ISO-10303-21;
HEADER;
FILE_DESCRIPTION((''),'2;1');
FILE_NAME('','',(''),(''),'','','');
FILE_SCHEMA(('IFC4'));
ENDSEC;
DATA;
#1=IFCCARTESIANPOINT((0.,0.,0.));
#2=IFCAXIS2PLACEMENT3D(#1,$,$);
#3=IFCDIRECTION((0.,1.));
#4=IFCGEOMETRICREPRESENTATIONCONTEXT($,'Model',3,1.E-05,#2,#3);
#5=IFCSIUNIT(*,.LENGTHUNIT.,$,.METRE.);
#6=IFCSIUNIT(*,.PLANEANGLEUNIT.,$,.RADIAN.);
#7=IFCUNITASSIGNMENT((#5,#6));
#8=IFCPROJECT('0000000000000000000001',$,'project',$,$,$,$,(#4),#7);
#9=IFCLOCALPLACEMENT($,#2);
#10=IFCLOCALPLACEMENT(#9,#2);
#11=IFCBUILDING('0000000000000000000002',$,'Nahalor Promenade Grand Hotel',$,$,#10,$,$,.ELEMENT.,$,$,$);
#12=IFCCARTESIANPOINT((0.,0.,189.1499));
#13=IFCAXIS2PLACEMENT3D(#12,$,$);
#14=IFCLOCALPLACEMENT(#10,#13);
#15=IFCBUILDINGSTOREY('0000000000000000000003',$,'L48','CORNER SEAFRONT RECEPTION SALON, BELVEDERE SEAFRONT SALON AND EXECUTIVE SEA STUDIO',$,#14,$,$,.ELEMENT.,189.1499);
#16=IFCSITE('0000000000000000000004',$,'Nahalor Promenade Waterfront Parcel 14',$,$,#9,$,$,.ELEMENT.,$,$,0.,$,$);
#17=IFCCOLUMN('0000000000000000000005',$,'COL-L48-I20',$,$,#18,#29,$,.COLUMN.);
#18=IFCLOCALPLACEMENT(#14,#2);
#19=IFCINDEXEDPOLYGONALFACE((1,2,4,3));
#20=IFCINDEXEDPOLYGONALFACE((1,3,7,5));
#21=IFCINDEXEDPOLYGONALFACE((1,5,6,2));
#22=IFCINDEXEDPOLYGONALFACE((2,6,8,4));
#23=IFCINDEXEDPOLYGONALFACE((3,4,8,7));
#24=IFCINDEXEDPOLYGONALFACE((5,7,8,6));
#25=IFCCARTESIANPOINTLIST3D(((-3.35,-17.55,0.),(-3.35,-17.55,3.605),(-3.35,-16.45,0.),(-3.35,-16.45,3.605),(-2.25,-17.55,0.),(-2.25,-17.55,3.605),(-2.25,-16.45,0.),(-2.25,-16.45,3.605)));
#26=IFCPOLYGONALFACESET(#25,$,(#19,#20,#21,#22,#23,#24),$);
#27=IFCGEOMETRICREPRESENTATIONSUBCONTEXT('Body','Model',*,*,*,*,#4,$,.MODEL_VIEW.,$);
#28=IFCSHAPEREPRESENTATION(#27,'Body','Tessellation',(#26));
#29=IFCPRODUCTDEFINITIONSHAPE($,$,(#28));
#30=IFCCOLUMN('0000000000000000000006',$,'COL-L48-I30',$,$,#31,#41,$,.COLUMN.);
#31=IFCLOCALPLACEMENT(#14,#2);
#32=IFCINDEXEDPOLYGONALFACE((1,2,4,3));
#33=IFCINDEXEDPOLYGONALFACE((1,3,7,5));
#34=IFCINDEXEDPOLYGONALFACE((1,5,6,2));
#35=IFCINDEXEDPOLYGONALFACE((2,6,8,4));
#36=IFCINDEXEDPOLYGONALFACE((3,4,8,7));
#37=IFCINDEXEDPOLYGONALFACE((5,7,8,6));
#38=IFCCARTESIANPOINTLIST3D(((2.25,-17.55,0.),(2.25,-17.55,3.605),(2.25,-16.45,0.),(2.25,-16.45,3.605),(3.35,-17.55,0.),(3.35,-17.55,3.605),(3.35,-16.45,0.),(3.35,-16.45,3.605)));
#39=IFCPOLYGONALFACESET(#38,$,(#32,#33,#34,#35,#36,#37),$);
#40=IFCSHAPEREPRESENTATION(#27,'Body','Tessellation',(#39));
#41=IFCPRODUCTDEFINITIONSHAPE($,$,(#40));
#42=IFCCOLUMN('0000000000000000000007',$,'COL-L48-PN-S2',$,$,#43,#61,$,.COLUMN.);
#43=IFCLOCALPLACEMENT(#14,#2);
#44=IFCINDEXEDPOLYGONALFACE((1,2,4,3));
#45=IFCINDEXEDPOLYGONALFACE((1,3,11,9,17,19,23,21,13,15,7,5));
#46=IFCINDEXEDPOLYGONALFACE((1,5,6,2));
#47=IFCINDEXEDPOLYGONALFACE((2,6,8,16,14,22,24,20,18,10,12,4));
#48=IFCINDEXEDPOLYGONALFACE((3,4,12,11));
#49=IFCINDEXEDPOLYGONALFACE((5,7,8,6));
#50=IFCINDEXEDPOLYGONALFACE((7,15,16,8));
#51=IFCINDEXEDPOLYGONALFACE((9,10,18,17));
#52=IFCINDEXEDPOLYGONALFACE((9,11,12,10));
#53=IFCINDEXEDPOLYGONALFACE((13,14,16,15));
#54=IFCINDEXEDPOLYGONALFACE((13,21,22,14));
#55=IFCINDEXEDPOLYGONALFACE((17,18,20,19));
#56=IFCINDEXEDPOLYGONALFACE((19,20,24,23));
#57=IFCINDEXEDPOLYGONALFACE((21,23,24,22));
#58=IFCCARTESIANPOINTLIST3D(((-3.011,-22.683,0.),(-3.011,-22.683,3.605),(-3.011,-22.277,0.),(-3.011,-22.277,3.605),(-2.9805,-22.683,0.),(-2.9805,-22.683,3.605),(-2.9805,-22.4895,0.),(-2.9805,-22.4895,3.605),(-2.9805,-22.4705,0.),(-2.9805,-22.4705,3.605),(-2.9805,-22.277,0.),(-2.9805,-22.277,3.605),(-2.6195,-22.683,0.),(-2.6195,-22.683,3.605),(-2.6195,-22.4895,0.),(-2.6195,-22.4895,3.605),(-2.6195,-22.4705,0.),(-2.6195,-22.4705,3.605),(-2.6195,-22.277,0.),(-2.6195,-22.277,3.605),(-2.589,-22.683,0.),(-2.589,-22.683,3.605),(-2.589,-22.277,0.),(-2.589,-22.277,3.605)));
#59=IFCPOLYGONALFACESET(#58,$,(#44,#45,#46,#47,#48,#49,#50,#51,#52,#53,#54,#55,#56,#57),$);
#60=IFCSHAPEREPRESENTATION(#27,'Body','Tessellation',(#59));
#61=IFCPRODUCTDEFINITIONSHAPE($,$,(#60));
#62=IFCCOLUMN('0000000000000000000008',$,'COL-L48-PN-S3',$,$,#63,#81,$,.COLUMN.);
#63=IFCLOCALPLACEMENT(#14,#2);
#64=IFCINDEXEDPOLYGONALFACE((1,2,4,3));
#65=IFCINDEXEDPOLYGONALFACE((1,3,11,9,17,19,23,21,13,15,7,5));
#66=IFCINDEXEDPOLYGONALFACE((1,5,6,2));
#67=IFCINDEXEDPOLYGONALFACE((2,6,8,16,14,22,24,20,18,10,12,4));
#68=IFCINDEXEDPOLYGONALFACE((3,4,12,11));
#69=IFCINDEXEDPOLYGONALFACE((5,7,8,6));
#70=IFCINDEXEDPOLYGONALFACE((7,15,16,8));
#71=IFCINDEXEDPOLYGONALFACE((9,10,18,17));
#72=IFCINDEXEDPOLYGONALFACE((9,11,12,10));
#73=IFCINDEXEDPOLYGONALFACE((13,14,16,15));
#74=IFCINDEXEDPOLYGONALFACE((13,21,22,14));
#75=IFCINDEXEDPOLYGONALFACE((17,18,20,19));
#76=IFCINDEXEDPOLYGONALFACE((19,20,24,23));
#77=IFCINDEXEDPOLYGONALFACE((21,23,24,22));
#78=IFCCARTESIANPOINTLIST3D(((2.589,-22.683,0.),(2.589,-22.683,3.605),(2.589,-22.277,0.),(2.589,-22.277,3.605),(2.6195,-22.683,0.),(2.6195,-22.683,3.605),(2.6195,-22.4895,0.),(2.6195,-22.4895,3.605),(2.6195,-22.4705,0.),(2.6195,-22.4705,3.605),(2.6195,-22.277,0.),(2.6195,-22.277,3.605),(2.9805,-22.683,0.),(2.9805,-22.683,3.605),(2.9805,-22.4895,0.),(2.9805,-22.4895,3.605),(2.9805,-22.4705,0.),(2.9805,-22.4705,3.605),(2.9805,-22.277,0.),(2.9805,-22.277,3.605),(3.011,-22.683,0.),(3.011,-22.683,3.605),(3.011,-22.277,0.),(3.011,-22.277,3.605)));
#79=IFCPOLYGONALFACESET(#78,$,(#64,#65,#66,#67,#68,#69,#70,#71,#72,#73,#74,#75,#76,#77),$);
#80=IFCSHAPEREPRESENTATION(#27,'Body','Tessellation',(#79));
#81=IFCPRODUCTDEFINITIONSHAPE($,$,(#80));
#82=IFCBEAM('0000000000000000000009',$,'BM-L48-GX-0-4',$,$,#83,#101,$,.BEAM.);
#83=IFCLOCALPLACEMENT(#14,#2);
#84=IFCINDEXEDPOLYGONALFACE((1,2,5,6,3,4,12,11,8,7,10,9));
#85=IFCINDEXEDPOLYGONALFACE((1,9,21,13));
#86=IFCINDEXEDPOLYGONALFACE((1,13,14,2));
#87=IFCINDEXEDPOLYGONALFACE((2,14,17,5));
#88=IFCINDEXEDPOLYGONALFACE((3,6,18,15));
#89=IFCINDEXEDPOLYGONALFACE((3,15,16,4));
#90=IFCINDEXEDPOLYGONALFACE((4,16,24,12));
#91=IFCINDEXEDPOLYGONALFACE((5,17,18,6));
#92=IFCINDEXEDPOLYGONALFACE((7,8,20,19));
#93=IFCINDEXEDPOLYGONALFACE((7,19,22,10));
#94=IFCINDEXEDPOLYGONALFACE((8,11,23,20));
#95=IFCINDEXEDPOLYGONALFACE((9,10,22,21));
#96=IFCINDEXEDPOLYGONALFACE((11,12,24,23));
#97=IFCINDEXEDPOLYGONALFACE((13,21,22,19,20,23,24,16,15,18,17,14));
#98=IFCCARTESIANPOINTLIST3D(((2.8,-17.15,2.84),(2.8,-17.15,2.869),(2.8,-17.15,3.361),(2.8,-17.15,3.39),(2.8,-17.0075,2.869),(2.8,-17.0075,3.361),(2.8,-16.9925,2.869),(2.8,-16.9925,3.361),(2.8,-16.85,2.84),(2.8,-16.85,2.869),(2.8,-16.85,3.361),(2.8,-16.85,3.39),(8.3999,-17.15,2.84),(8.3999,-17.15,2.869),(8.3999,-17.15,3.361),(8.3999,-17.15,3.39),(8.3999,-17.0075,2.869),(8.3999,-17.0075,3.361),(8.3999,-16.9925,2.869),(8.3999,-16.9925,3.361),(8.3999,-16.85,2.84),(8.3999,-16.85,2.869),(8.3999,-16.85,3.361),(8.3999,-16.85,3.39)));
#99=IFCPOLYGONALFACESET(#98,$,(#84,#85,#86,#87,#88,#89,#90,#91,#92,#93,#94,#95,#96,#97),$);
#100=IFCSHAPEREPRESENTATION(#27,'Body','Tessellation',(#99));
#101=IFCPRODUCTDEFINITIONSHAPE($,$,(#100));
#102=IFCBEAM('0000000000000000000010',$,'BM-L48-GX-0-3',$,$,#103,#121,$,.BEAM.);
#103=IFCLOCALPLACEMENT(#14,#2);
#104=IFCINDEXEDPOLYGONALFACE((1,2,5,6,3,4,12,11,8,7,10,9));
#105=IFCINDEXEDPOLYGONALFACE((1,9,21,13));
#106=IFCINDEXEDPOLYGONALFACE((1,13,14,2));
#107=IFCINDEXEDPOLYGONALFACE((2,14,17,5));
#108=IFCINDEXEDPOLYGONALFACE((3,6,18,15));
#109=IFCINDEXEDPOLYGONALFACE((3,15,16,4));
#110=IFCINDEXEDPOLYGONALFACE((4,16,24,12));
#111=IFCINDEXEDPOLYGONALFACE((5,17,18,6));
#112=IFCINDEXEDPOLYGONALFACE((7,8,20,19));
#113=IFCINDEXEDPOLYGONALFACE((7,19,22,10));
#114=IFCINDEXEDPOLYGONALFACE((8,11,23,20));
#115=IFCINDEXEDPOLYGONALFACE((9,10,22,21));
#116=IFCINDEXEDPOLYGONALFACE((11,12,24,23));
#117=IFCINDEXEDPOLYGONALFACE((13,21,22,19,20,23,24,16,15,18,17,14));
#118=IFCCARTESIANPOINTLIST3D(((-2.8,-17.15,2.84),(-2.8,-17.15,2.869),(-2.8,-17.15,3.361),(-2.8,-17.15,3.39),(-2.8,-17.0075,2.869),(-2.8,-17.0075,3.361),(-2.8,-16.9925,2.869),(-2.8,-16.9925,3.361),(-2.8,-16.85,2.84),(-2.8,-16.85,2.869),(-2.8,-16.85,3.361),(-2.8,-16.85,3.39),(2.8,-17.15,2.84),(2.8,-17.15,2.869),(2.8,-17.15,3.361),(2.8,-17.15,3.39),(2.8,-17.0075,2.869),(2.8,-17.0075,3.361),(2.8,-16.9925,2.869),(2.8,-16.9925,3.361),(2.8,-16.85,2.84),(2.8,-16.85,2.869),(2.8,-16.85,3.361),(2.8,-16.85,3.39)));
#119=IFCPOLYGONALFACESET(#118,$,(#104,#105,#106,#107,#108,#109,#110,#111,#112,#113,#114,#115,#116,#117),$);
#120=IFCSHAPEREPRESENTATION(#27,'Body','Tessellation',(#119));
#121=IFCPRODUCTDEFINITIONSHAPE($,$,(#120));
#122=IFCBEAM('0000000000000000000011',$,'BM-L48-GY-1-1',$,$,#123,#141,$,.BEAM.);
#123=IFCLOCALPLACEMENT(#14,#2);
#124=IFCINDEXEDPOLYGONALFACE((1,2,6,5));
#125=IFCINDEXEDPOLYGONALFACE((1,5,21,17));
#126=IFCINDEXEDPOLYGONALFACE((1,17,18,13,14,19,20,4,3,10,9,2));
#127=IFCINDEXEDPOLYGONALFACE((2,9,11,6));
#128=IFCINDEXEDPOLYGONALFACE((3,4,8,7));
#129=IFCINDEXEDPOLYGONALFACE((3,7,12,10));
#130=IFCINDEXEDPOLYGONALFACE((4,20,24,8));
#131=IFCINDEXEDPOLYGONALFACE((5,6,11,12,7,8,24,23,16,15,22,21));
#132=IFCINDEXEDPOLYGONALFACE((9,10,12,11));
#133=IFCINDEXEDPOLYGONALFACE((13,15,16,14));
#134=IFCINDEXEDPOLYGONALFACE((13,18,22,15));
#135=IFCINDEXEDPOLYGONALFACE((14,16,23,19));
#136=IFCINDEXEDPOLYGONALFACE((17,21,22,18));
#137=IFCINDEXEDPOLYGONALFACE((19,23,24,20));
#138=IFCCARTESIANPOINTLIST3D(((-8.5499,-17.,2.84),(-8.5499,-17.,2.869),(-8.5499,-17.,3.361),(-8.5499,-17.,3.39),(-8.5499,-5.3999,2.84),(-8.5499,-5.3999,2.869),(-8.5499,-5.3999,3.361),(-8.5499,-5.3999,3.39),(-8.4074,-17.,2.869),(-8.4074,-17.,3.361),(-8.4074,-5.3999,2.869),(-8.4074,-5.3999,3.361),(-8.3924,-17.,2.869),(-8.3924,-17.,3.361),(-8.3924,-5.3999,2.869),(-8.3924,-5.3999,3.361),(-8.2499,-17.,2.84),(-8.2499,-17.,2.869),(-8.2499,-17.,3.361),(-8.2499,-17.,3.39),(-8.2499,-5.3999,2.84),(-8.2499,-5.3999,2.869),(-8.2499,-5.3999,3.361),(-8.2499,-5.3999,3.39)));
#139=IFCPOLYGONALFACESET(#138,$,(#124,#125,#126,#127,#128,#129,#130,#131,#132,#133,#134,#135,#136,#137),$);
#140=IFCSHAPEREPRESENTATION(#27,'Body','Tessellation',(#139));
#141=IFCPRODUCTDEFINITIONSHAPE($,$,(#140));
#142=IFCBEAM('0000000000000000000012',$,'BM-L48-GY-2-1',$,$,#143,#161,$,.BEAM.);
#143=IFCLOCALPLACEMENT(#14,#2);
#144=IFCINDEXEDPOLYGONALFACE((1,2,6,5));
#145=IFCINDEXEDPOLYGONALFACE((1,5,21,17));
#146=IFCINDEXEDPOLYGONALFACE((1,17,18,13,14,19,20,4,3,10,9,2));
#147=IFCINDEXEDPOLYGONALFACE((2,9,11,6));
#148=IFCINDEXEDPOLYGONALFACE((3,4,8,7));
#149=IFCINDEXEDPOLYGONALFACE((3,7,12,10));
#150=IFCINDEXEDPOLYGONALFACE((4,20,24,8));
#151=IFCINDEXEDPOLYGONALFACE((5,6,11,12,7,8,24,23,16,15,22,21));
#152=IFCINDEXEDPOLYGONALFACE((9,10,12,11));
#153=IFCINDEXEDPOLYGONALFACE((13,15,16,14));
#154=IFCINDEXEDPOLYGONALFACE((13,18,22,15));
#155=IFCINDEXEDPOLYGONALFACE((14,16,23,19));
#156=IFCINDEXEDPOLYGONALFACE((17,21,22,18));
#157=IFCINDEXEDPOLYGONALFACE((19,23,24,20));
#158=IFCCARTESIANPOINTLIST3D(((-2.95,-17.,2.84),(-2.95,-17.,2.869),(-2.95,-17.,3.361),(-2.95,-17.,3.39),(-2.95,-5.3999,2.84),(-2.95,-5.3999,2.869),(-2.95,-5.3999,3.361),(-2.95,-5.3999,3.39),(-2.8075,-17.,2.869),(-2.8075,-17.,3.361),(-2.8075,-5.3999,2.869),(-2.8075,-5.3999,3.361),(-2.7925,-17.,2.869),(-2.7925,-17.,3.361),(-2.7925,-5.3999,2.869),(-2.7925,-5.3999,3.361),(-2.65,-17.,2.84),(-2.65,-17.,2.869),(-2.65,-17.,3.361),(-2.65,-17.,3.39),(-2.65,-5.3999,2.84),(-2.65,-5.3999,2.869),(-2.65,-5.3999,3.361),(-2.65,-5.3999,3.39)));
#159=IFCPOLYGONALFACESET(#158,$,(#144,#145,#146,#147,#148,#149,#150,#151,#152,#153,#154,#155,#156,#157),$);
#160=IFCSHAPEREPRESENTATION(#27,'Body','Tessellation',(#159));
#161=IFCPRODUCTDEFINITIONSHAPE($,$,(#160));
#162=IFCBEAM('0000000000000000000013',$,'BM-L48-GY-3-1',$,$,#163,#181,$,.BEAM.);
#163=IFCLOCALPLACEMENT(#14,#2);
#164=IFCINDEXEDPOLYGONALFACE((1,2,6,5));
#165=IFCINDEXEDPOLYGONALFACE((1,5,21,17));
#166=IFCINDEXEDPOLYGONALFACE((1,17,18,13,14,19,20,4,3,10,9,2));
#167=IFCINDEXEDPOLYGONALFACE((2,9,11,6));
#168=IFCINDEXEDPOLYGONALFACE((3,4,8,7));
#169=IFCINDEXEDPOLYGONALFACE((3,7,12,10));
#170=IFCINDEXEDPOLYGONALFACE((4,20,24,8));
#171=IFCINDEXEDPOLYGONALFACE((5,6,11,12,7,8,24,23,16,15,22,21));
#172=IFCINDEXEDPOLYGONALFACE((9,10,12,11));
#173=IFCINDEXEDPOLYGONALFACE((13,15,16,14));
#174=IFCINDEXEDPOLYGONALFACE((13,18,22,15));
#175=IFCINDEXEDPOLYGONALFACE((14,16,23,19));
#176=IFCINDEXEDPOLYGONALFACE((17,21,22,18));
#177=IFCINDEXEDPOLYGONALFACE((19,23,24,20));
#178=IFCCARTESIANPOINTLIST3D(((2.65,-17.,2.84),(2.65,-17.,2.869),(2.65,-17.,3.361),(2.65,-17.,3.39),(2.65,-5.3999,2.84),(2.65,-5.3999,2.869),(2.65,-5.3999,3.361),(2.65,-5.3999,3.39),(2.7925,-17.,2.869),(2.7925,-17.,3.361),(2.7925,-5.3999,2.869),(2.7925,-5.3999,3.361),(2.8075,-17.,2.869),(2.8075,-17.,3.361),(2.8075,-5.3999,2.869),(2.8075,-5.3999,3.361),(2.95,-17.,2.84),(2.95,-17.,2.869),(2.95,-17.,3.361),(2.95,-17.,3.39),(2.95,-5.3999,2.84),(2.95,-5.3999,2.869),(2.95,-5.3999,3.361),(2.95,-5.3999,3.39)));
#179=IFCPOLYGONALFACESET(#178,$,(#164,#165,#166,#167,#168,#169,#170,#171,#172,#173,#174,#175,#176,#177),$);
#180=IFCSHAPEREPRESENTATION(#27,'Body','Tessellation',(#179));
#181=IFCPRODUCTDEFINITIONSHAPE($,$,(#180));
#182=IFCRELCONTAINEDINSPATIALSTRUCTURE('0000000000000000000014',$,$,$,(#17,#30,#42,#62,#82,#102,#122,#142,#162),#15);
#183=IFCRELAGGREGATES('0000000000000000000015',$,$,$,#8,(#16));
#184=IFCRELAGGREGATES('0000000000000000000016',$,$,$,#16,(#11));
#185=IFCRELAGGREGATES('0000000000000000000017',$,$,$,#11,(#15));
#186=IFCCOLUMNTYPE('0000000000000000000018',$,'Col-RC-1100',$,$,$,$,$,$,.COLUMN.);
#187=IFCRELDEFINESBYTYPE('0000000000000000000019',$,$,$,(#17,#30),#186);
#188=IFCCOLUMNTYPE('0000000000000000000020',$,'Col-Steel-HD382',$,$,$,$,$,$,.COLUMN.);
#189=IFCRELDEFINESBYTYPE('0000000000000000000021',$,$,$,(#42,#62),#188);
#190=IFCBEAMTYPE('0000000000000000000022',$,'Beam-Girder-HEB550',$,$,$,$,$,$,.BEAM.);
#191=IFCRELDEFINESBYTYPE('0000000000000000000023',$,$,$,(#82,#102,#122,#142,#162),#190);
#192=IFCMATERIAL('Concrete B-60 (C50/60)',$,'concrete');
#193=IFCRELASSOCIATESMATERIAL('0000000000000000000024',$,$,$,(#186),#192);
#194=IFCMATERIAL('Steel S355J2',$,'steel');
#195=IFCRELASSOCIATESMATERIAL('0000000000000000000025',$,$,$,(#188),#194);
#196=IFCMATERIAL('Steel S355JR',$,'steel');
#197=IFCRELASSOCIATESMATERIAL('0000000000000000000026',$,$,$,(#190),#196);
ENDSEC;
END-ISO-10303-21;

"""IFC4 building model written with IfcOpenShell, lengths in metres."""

from ifc_helpers import new_model, si_unit, direction, frame, origin, origin_2d, place, context, subcontext, project, spatial, rectangle, i_section, extrude, source, transform, mapped, material, material_profile, profile_set, type_object, element, save


model = new_model("IFC4")

# Units and contexts
model_context = context("Model", 3, precision=1e-05, world=origin(), true_north=direction((0.0, 1.0)))
body_context = subcontext(model_context, "Body", "Model", "MODEL_VIEW")
ifc_project = project(units=[si_unit("LENGTHUNIT", "METRE"), si_unit("PLANEANGLEUNIT", "RADIAN")], contexts=[model_context])

# Site, building, storey
site_placement = place(None, origin())
site = spatial("IfcSite", under=ifc_project, at=site_placement, Name="Nahalor Promenade Waterfront Parcel 14", CompositionType="ELEMENT", RefElevation=0.0)
building_placement = place(site_placement, origin())
building = spatial("IfcBuilding", under=site, at=building_placement, Name="Nahalor Promenade Grand Hotel", CompositionType="ELEMENT")
storey_placement = place(building_placement, frame((0.0, 0.0, 189.1499)))
storey = spatial("IfcBuildingStorey", under=building, at=storey_placement, Name="L48", Description="CORNER SEAFRONT RECEPTION SALON, BELVEDERE SEAFRONT SALON AND EXECUTIVE SEA STUDIO", CompositionType="ELEMENT", Elevation=189.1499)

# Columns
ifc_material_1 = material(Name="Concrete B-60 (C50/60)", Category="concrete")
ifc_material_profile_1 = material_profile(ifc_material_1, rectangle(XDim=1.1, YDim=1.1, at=origin_2d()), Name="RC 1100x1100")
ifc_profile_set_1 = profile_set([ifc_material_profile_1], Name="Concrete B-60 (C50/60)")
column_type_1 = type_object("IfcColumnType", Name="Col-RC-1100", PredefinedType="COLUMN", material=ifc_profile_set_1)
shared_shape_1 = source(origin(), body_context, "Body", "SweptSolid", [
    extrude(rectangle(XDim=1.1, YDim=1.1, at=origin_2d()), origin(), (0.0, 0.0, 1.0), 3.605),
])
for number, where, z_axis, x_axis, name in (
    (1, (-2.8, -17.0, 0.0), (0.0, 0.0, 1.0), (1.0, 0.0, 0.0), "COL-L48-I20"),
    (2, (2.8, -17.0, 0.0), (0.0, 0.0, 1.0), (1.0, 0.0, 0.0), "COL-L48-I30"),
):
    element("IfcColumn", number, at=place(storey_placement, frame(where, z_axis=z_axis, x_axis=x_axis)), inside=storey, type_object=column_type_1, Name=name, PredefinedType="COLUMN", context=body_context, shape_type="MappedRepresentation", body=[
        mapped(shared_shape_1, transform((0.0, 0.0, 0.0), scale=1.0)),
    ])
ifc_material_2 = material(Name="Steel S355J2", Category="steel")
ifc_material_profile_2 = material_profile(ifc_material_2, i_section(OverallWidth=0.406, OverallDepth=0.422, WebThickness=0.019, FlangeThickness=0.0305, at=origin_2d()), Name="HD 400x382")
ifc_profile_set_2 = profile_set([ifc_material_profile_2], Name="Steel S355J2")
column_type_2 = type_object("IfcColumnType", Name="Col-Steel-HD382", PredefinedType="COLUMN", material=ifc_profile_set_2)
shared_shape_2 = source(origin(), body_context, "Body", "SweptSolid", [
    extrude(i_section(OverallWidth=0.406, OverallDepth=0.422, WebThickness=0.019, FlangeThickness=0.0305, at=origin_2d()), origin(), (0.0, 0.0, 1.0), 3.605),
])
for number, where, z_axis, x_axis, name in (
    (3, (-2.8, -22.48, 0.0), (0.0, 0.0, 1.0), (0.0, 1.0, 0.0), "COL-L48-PN-S2"),
    (4, (2.8, -22.48, 0.0), (0.0, 0.0, 1.0), (0.0, 1.0, 0.0), "COL-L48-PN-S3"),
):
    element("IfcColumn", number, at=place(storey_placement, frame(where, z_axis=z_axis, x_axis=x_axis)), inside=storey, type_object=column_type_2, Name=name, PredefinedType="COLUMN", context=body_context, shape_type="MappedRepresentation", body=[
        mapped(shared_shape_2, transform((0.0, 0.0, 0.0), scale=1.0)),
    ])

# Beams
ifc_material_3 = material(Name="Steel S355JR", Category="steel")
ifc_material_profile_3 = material_profile(ifc_material_3, i_section(OverallWidth=0.3, OverallDepth=0.55, WebThickness=0.015, FlangeThickness=0.029, at=origin_2d()), Name="HEB 550")
ifc_profile_set_3 = profile_set([ifc_material_profile_3], Name="Steel S355JR")
beam_type_1 = type_object("IfcBeamType", Name="Beam-Girder-HEB550", PredefinedType="BEAM", material=ifc_profile_set_3)
shared_shape_3 = source(origin(), body_context, "Body", "SweptSolid", [
    extrude(i_section(OverallWidth=0.3, OverallDepth=0.55, WebThickness=0.015, FlangeThickness=0.029, at=origin_2d()), origin(), (0.0, 0.0, 1.0), 5.5999),
])
beam_1_placement = place(storey_placement, frame((2.8, -17.0, 3.115), z_axis=(1.0, 0.0, 0.0), x_axis=(0.0, 1.0, 0.0)))
element("IfcBeam", 5, at=beam_1_placement, inside=storey, type_object=beam_type_1, Name="BM-L48-GX-0-4", PredefinedType="BEAM", context=body_context, shape_type="MappedRepresentation", body=[
    mapped(shared_shape_3, transform((0.0, 0.0, 0.0), scale=1.0)),
])
shared_shape_4 = source(origin(), body_context, "Body", "SweptSolid", [
    extrude(i_section(OverallWidth=0.3, OverallDepth=0.55, WebThickness=0.015, FlangeThickness=0.029, at=origin_2d()), origin(), (0.0, 0.0, 1.0), 5.6001),
])
beam_2_placement = place(storey_placement, frame((-2.8, -17.0, 3.115), z_axis=(1.0, 0.0, 0.0), x_axis=(0.0, 1.0, 0.0)))
element("IfcBeam", 6, at=beam_2_placement, inside=storey, type_object=beam_type_1, Name="BM-L48-GX-0-3", PredefinedType="BEAM", context=body_context, shape_type="MappedRepresentation", body=[
    mapped(shared_shape_4, transform((0.0, 0.0, 0.0), scale=1.0)),
])
shared_shape_5 = source(origin(), body_context, "Body", "SweptSolid", [
    extrude(i_section(OverallWidth=0.3, OverallDepth=0.55, WebThickness=0.015, FlangeThickness=0.029, at=origin_2d()), origin(), (0.0, 0.0, 1.0), 11.6001),
])
for number, where, z_axis, x_axis, name in (
    (7, (-8.3999, -17.0, 3.115), (0.0, 1.0, 0.0), (-1.0, 0.0, 0.0), "BM-L48-GY-1-1"),
    (8, (-2.8, -17.0, 3.115), (0.0, 1.0, 0.0), (-1.0, 0.0, 0.0), "BM-L48-GY-2-1"),
    (9, (2.8, -17.0, 3.115), (0.0, 1.0, 0.0), (-1.0, 0.0, 0.0), "BM-L48-GY-3-1"),
):
    element("IfcBeam", number, at=place(storey_placement, frame(where, z_axis=z_axis, x_axis=x_axis)), inside=storey, type_object=beam_type_1, Name=name, PredefinedType="BEAM", context=body_context, shape_type="MappedRepresentation", body=[
        mapped(shared_shape_5, transform((0.0, 0.0, 0.0), scale=1.0)),
    ])

save(model, "model.ifc")
